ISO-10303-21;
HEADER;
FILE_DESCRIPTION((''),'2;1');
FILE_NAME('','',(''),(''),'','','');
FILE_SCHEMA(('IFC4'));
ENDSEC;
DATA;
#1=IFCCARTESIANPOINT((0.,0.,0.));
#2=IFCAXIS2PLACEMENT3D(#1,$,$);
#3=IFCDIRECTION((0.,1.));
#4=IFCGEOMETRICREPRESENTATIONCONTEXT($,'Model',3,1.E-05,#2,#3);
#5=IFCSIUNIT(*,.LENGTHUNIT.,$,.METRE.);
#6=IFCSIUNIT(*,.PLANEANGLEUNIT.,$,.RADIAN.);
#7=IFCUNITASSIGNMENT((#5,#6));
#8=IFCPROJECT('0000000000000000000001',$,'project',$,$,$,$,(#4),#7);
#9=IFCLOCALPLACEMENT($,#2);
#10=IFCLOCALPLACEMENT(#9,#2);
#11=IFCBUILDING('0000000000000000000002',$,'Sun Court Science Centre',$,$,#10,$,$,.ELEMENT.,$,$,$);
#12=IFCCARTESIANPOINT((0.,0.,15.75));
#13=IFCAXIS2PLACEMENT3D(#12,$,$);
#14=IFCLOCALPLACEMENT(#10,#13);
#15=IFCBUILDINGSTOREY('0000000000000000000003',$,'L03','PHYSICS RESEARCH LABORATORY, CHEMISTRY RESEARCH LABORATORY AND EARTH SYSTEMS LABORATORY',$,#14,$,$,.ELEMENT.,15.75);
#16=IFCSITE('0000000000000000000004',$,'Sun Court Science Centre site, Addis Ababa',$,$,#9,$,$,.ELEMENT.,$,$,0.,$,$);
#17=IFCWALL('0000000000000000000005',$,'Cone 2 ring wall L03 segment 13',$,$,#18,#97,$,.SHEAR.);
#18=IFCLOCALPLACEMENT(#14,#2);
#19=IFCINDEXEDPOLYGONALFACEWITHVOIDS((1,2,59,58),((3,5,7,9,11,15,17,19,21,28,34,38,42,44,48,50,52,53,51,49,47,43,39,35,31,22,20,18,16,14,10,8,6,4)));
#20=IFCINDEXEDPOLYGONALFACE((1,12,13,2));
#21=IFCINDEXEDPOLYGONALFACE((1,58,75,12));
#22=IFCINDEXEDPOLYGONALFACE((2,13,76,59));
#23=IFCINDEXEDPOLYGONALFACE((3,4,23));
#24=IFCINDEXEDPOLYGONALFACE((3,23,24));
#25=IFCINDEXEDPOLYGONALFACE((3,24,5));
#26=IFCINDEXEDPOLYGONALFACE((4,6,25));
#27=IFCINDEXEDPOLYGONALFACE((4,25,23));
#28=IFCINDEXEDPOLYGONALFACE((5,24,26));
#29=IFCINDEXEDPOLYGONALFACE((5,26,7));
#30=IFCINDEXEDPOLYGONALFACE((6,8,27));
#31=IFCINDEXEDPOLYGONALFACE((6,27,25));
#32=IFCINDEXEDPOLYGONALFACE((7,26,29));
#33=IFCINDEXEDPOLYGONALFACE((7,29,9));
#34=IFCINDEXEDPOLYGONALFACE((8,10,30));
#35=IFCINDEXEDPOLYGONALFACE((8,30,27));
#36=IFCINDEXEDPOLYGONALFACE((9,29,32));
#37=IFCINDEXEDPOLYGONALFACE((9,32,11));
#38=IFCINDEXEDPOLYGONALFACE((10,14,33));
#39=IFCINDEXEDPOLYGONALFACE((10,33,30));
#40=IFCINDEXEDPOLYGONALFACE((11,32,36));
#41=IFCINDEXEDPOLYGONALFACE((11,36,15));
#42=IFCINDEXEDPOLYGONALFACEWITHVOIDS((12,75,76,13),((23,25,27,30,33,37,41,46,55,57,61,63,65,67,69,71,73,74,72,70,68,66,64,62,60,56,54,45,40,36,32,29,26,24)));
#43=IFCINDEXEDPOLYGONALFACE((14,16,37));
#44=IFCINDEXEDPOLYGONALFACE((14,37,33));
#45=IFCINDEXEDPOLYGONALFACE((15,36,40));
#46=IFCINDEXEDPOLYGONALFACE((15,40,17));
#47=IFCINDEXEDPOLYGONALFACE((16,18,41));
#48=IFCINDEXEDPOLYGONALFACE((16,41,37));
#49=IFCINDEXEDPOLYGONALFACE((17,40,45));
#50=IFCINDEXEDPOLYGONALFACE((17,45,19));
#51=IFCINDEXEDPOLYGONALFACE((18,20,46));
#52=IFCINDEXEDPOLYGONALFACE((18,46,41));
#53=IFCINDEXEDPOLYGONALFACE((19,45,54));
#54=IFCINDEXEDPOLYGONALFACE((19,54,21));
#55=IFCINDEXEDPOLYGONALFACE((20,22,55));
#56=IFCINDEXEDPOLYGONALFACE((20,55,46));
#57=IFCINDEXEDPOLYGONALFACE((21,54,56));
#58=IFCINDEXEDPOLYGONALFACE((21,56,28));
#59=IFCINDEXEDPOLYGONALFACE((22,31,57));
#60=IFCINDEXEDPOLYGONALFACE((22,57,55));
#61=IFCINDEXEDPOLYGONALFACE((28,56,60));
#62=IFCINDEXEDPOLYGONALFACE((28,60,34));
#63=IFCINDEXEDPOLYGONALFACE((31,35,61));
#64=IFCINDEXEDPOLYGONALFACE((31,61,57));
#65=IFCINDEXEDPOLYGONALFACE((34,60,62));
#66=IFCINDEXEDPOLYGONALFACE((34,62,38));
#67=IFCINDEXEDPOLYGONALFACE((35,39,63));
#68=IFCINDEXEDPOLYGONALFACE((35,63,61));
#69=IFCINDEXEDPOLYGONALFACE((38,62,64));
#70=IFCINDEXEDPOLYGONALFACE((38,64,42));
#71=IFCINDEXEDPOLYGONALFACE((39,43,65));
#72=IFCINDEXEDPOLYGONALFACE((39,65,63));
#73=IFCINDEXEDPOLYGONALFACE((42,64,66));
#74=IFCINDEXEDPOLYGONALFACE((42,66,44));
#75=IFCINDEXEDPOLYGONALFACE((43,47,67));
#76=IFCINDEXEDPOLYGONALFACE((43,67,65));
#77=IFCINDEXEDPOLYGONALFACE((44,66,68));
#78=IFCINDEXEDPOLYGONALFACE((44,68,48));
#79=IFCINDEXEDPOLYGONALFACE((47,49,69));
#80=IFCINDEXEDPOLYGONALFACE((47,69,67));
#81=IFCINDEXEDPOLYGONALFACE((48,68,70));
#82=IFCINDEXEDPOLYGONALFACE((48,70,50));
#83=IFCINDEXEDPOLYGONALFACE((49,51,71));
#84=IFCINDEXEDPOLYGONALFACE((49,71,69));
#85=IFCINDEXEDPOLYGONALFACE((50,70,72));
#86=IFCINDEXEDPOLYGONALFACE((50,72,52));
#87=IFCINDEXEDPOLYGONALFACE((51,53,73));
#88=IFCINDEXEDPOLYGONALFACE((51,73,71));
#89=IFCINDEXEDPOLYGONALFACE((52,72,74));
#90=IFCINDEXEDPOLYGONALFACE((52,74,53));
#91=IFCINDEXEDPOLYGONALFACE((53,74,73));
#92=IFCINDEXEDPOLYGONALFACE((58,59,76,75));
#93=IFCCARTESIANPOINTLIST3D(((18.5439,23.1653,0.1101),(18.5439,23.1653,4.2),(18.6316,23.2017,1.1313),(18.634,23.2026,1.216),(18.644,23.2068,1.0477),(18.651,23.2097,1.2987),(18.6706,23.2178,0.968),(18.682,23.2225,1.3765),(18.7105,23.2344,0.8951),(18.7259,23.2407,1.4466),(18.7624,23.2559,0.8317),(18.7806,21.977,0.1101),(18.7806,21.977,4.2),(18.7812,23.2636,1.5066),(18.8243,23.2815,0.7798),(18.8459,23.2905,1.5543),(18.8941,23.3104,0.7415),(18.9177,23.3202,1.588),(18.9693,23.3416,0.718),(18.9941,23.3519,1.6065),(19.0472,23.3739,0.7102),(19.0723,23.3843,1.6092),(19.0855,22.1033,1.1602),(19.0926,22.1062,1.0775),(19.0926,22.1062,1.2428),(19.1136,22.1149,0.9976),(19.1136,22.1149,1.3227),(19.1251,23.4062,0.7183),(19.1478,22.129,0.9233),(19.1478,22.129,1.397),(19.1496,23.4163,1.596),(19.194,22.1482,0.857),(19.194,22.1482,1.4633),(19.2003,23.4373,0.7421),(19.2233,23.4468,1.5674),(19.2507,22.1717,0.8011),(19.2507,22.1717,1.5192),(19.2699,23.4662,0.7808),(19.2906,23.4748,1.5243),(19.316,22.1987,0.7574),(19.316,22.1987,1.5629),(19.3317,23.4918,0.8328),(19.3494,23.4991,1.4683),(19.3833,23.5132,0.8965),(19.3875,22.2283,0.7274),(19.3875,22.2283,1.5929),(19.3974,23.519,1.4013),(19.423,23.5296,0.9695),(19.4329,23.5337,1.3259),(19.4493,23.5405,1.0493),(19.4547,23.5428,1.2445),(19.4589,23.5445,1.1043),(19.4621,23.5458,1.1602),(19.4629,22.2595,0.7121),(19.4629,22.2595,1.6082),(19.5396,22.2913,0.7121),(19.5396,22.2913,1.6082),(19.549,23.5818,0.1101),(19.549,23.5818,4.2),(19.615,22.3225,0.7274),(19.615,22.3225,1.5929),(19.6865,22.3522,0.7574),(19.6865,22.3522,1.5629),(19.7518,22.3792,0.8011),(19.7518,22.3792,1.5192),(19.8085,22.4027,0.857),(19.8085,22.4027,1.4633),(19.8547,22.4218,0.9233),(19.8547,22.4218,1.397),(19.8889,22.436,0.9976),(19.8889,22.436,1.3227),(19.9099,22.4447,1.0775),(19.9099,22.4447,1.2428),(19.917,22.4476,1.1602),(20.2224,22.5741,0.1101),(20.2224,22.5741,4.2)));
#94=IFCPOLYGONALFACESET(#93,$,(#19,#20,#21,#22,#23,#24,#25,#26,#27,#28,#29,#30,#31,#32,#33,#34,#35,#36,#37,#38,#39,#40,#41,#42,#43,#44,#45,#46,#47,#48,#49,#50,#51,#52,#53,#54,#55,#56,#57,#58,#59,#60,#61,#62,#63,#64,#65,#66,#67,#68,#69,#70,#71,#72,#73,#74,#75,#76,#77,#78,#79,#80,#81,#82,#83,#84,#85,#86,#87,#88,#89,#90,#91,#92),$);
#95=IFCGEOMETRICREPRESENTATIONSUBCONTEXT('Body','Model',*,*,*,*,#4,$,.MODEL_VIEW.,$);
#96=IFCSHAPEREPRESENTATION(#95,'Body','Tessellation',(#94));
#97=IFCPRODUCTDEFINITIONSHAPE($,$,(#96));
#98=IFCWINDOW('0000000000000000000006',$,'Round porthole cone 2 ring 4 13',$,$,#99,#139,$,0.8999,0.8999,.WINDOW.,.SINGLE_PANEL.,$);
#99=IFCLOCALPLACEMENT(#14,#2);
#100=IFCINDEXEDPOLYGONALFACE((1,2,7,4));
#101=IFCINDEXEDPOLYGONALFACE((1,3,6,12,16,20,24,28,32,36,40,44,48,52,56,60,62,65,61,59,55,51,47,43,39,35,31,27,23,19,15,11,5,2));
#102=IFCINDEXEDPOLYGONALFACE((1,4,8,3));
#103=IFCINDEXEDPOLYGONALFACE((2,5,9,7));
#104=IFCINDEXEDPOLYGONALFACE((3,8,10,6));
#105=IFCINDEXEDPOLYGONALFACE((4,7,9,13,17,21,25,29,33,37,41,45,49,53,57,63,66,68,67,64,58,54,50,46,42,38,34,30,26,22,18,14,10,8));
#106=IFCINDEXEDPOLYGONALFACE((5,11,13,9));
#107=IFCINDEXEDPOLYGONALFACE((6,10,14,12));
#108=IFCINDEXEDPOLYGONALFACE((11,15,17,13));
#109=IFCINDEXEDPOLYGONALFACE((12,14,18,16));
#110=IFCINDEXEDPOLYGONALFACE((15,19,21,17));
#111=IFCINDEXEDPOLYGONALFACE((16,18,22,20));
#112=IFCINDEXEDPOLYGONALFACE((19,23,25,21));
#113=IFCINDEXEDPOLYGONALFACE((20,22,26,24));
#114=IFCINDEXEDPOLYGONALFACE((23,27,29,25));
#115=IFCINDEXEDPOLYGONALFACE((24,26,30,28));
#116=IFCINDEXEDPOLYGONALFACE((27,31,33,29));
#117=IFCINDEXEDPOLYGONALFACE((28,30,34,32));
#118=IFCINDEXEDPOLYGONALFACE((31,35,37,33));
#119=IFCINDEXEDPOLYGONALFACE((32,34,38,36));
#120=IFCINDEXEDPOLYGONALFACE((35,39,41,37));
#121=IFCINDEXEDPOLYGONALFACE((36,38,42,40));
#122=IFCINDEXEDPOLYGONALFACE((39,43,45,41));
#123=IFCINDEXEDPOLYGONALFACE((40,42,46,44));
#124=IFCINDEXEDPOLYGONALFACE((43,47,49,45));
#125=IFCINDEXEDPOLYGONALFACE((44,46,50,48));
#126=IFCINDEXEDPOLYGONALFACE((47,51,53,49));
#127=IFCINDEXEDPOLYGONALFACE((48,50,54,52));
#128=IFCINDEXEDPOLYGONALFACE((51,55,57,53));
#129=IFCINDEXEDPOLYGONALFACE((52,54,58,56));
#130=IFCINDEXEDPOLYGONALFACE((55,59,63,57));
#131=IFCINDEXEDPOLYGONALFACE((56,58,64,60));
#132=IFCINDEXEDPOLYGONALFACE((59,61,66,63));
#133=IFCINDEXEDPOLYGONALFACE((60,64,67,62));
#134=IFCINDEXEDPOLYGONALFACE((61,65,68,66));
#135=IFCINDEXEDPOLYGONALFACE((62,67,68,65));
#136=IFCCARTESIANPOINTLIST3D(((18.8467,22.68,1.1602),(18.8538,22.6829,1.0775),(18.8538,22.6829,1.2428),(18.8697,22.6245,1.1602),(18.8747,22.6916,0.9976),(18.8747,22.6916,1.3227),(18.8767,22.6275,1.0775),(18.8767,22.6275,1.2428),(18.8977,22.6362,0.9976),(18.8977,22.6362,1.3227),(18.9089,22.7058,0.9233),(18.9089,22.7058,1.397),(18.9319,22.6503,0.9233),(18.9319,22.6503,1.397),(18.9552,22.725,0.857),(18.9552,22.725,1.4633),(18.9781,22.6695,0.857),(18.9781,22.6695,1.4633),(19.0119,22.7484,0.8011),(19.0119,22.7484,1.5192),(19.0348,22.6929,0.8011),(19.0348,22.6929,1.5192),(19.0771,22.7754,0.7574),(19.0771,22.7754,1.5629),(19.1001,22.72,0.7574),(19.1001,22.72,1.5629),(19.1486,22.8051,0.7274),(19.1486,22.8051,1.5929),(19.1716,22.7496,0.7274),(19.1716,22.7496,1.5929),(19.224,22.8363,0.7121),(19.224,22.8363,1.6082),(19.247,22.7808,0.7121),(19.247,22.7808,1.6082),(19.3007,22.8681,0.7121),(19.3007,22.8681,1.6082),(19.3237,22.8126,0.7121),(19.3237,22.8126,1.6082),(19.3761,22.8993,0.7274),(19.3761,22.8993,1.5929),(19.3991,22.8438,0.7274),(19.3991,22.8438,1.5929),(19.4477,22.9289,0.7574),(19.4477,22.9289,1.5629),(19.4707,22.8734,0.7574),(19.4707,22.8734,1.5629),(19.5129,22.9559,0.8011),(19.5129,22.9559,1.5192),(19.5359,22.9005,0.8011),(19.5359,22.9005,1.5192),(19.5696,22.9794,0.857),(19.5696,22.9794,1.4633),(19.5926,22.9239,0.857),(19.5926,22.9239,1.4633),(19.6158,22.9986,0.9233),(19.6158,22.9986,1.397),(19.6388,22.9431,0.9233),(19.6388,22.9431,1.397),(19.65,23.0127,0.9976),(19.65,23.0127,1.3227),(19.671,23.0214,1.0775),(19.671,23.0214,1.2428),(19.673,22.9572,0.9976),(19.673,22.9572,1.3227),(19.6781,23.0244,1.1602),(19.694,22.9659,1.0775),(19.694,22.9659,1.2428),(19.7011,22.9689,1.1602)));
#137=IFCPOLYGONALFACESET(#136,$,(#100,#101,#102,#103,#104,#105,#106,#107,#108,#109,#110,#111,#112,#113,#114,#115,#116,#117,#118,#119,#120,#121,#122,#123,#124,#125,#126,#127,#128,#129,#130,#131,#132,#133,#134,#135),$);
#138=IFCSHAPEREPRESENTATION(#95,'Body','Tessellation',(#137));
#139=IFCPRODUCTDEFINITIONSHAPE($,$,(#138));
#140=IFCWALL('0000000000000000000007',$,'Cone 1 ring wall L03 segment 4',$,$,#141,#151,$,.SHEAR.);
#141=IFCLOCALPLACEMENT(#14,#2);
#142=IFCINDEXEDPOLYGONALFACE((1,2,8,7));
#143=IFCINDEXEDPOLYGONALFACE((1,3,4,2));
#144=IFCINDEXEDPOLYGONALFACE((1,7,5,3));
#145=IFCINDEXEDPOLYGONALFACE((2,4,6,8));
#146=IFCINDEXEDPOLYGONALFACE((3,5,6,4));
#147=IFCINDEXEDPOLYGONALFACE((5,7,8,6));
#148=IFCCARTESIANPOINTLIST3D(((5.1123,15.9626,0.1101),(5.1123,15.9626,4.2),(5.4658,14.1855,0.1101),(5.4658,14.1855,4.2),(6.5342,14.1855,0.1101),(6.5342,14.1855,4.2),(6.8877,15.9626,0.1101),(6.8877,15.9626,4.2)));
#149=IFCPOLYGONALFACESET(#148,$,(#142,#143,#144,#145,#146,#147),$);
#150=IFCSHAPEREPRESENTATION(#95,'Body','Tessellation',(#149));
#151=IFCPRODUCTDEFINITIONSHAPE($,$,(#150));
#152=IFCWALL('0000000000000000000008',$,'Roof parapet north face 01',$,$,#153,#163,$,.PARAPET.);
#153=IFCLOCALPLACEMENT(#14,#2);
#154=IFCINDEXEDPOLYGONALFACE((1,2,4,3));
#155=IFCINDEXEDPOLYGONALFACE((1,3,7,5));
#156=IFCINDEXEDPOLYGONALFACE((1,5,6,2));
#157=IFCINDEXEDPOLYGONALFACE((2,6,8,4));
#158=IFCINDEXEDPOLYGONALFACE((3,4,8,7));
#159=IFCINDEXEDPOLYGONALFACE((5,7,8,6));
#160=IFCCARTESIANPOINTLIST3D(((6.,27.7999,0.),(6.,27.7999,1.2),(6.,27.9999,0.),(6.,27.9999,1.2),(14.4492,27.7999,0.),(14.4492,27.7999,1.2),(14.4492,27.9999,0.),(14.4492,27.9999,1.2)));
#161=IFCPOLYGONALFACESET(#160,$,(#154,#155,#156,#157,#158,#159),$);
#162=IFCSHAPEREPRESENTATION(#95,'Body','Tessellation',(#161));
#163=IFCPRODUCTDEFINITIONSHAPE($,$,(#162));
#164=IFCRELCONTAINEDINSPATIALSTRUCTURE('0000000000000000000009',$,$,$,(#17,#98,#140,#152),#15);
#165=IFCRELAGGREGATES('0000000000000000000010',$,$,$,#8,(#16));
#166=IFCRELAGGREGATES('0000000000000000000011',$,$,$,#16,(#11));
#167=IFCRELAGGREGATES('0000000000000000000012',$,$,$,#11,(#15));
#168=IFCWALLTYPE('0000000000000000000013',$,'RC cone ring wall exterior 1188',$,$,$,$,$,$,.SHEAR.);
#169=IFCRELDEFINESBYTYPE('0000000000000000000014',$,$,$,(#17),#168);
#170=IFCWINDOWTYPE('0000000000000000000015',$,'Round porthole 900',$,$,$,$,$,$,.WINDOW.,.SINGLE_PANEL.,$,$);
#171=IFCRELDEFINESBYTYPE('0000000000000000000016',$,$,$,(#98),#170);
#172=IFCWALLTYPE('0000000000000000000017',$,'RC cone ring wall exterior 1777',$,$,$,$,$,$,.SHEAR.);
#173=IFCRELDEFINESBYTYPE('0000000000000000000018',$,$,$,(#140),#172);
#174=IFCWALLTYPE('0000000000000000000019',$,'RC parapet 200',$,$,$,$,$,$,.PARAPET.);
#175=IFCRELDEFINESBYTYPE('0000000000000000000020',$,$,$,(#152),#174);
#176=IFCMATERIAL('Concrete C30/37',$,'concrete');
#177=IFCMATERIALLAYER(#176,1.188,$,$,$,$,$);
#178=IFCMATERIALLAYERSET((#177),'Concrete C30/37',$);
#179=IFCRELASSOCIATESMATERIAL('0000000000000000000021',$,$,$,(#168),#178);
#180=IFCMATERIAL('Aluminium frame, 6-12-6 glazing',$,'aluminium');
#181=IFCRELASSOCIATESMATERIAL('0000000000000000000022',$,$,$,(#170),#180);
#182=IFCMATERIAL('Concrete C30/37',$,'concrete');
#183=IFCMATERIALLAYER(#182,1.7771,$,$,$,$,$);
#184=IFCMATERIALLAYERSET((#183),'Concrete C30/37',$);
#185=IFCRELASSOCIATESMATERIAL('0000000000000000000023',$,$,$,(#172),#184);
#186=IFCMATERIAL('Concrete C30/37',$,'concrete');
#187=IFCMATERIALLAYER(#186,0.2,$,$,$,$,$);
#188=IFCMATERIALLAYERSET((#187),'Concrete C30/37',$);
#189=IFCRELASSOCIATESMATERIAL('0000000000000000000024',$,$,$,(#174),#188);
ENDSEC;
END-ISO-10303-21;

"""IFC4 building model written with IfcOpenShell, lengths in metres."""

from ifc_helpers import new_model, si_unit, direction, frame, frame_2d, origin, place, context, subcontext, project, spatial, polyline, rectangle, circle, outline, extrude, material, layer, layer_set, type_object, element, fill, save


model = new_model("IFC4")

# Units and contexts
model_context = context("Model", 3, precision=1e-05, world=origin(), true_north=direction((0.0, 1.0)))
body_context = subcontext(model_context, "Body", "Model", "MODEL_VIEW")
ifc_project = project(units=[si_unit("LENGTHUNIT", "METRE"), si_unit("PLANEANGLEUNIT", "RADIAN")], contexts=[model_context])

# Site, building, storey
site_placement = place(None, origin())
site = spatial("IfcSite", under=ifc_project, at=site_placement, Name="Sun Court Science Centre site, Addis Ababa", CompositionType="ELEMENT", RefElevation=0.0)
building_placement = place(site_placement, origin())
building = spatial("IfcBuilding", under=site, at=building_placement, Name="Sun Court Science Centre", CompositionType="ELEMENT")
storey_placement = place(building_placement, frame((0.0, 0.0, 15.75)))
storey = spatial("IfcBuildingStorey", under=building, at=storey_placement, Name="L03", Description="PHYSICS RESEARCH LABORATORY, CHEMISTRY RESEARCH LABORATORY AND EARTH SYSTEMS LABORATORY", CompositionType="ELEMENT", Elevation=15.75)

# Wall, opening, window
ifc_material_1 = material(Name="Concrete C30/37", Category="concrete")
ifc_layer_1 = layer(ifc_material_1, 1.188)
ifc_layer_set_1 = layer_set([ifc_layer_1], Name="Concrete C30/37")
wall_type_1 = type_object("IfcWallType", Name="RC cone ring wall exterior 1188", PredefinedType="SHEAR", material=ifc_layer_set_1)
ifc_material_2 = material(Name="Aluminium frame, 6-12-6 glazing", Category="aluminium")
window_type = type_object("IfcWindowType", Name="Round porthole 900", PartitioningType="SINGLE_PANEL", PredefinedType="WINDOW", material=ifc_material_2)
wall_1_placement = place(storey_placement, frame((18.553, 22.5259, 0.1101), z_axis=(0.0, 0.0, 1.0), x_axis=(0.923899, 0.382637, 0.0)))
wall_1 = element("IfcWall", 1, at=wall_1_placement, inside=storey, type_object=wall_type_1, Name="Cone 2 ring wall L03 segment 13", PredefinedType="SHEAR", context=body_context, shape_type="SweptSolid", body=[
    extrude(outline(polyline([(0.0002, -0.5942), (1.5608, -0.5942), (1.3242, 0.5945), (0.2363, 0.5942), (0.0002, -0.5942)])), origin(), (0.0, 0.0, 1.0), 4.0898),
])
opening_1_placement = place(wall_1_placement, frame((0.3303, 0.0, 0.6001)))
opening_1 = element("IfcOpeningElement", 2, at=opening_1_placement, cuts=wall_1, PredefinedType="OPENING", context=body_context, shape_type="SweptSolid", body=[
    extrude(circle(Radius=0.45, at=frame_2d((0.45, 0.45))), frame((0.0, 0.6042, 0.0), z_axis=(0.0, -1.0, 0.0), x_axis=(1.0, 0.0, 0.0)), (0.0, 0.0, 1.0), 1.2085),
])
window_1_placement = place(opening_1_placement, origin())
window_1 = element("IfcWindow", 3, at=window_1_placement, inside=storey, type_object=window_type, Name="Round porthole cone 2 ring 4 13", OverallHeight=0.8999, OverallWidth=0.8999, PartitioningType="SINGLE_PANEL", PredefinedType="WINDOW", context=body_context, shape_type="SweptSolid", body=[
    extrude(circle(Radius=0.45, at=frame_2d((0.45, 0.45))), frame((0.0, 0.03, 0.0), z_axis=(0.0, -1.0, 0.0), x_axis=(1.0, 0.0, 0.0)), (0.0, 0.0, 1.0), 0.0601),
])
fill(opening_1, window_1)

# Walls
ifc_material_3 = material(Name="Concrete C30/37", Category="concrete")
ifc_layer_2 = layer(ifc_material_3, 1.7771)
ifc_layer_set_2 = layer_set([ifc_layer_2], Name="Concrete C30/37")
wall_type_2 = type_object("IfcWallType", Name="RC cone ring wall exterior 1777", PredefinedType="SHEAR", material=ifc_layer_set_2)
wall_2_placement = place(storey_placement, frame((6.8877, 15.0742, 0.1101), z_axis=(0.0, 0.0, 1.0), x_axis=(-1.0, 0.0, 0.0)))
element("IfcWall", 4, at=wall_2_placement, inside=storey, type_object=wall_type_2, Name="Cone 1 ring wall L03 segment 4", PredefinedType="SHEAR", context=body_context, shape_type="SweptSolid", body=[
    extrude(outline(polyline([(0.0, -0.8884), (1.7754, -0.8884), (1.4219, 0.8887), (0.3535, 0.8887), (0.0, -0.8884)])), origin(), (0.0, 0.0, 1.0), 4.0898),
])
ifc_material_4 = material(Name="Concrete C30/37", Category="concrete")
ifc_layer_3 = layer(ifc_material_4, 0.2)
ifc_layer_set_3 = layer_set([ifc_layer_3], Name="Concrete C30/37")
wall_type_3 = type_object("IfcWallType", Name="RC parapet 200", PredefinedType="PARAPET", material=ifc_layer_set_3)
wall_3_placement = place(storey_placement, frame((6.0, 27.8999, 0.0), z_axis=(0.0, 0.0, 1.0), x_axis=(1.0, 0.0, 0.0)))
element("IfcWall", 5, at=wall_3_placement, inside=storey, type_object=wall_type_3, Name="Roof parapet north face 01", PredefinedType="PARAPET", context=body_context, shape_type="SweptSolid", body=[
    extrude(rectangle(XDim=8.4492, YDim=0.2, at=frame_2d((4.2246, 0.0))), origin(), (0.0, 0.0, 1.0), 1.2),
])

save(model, "model.ifc")
